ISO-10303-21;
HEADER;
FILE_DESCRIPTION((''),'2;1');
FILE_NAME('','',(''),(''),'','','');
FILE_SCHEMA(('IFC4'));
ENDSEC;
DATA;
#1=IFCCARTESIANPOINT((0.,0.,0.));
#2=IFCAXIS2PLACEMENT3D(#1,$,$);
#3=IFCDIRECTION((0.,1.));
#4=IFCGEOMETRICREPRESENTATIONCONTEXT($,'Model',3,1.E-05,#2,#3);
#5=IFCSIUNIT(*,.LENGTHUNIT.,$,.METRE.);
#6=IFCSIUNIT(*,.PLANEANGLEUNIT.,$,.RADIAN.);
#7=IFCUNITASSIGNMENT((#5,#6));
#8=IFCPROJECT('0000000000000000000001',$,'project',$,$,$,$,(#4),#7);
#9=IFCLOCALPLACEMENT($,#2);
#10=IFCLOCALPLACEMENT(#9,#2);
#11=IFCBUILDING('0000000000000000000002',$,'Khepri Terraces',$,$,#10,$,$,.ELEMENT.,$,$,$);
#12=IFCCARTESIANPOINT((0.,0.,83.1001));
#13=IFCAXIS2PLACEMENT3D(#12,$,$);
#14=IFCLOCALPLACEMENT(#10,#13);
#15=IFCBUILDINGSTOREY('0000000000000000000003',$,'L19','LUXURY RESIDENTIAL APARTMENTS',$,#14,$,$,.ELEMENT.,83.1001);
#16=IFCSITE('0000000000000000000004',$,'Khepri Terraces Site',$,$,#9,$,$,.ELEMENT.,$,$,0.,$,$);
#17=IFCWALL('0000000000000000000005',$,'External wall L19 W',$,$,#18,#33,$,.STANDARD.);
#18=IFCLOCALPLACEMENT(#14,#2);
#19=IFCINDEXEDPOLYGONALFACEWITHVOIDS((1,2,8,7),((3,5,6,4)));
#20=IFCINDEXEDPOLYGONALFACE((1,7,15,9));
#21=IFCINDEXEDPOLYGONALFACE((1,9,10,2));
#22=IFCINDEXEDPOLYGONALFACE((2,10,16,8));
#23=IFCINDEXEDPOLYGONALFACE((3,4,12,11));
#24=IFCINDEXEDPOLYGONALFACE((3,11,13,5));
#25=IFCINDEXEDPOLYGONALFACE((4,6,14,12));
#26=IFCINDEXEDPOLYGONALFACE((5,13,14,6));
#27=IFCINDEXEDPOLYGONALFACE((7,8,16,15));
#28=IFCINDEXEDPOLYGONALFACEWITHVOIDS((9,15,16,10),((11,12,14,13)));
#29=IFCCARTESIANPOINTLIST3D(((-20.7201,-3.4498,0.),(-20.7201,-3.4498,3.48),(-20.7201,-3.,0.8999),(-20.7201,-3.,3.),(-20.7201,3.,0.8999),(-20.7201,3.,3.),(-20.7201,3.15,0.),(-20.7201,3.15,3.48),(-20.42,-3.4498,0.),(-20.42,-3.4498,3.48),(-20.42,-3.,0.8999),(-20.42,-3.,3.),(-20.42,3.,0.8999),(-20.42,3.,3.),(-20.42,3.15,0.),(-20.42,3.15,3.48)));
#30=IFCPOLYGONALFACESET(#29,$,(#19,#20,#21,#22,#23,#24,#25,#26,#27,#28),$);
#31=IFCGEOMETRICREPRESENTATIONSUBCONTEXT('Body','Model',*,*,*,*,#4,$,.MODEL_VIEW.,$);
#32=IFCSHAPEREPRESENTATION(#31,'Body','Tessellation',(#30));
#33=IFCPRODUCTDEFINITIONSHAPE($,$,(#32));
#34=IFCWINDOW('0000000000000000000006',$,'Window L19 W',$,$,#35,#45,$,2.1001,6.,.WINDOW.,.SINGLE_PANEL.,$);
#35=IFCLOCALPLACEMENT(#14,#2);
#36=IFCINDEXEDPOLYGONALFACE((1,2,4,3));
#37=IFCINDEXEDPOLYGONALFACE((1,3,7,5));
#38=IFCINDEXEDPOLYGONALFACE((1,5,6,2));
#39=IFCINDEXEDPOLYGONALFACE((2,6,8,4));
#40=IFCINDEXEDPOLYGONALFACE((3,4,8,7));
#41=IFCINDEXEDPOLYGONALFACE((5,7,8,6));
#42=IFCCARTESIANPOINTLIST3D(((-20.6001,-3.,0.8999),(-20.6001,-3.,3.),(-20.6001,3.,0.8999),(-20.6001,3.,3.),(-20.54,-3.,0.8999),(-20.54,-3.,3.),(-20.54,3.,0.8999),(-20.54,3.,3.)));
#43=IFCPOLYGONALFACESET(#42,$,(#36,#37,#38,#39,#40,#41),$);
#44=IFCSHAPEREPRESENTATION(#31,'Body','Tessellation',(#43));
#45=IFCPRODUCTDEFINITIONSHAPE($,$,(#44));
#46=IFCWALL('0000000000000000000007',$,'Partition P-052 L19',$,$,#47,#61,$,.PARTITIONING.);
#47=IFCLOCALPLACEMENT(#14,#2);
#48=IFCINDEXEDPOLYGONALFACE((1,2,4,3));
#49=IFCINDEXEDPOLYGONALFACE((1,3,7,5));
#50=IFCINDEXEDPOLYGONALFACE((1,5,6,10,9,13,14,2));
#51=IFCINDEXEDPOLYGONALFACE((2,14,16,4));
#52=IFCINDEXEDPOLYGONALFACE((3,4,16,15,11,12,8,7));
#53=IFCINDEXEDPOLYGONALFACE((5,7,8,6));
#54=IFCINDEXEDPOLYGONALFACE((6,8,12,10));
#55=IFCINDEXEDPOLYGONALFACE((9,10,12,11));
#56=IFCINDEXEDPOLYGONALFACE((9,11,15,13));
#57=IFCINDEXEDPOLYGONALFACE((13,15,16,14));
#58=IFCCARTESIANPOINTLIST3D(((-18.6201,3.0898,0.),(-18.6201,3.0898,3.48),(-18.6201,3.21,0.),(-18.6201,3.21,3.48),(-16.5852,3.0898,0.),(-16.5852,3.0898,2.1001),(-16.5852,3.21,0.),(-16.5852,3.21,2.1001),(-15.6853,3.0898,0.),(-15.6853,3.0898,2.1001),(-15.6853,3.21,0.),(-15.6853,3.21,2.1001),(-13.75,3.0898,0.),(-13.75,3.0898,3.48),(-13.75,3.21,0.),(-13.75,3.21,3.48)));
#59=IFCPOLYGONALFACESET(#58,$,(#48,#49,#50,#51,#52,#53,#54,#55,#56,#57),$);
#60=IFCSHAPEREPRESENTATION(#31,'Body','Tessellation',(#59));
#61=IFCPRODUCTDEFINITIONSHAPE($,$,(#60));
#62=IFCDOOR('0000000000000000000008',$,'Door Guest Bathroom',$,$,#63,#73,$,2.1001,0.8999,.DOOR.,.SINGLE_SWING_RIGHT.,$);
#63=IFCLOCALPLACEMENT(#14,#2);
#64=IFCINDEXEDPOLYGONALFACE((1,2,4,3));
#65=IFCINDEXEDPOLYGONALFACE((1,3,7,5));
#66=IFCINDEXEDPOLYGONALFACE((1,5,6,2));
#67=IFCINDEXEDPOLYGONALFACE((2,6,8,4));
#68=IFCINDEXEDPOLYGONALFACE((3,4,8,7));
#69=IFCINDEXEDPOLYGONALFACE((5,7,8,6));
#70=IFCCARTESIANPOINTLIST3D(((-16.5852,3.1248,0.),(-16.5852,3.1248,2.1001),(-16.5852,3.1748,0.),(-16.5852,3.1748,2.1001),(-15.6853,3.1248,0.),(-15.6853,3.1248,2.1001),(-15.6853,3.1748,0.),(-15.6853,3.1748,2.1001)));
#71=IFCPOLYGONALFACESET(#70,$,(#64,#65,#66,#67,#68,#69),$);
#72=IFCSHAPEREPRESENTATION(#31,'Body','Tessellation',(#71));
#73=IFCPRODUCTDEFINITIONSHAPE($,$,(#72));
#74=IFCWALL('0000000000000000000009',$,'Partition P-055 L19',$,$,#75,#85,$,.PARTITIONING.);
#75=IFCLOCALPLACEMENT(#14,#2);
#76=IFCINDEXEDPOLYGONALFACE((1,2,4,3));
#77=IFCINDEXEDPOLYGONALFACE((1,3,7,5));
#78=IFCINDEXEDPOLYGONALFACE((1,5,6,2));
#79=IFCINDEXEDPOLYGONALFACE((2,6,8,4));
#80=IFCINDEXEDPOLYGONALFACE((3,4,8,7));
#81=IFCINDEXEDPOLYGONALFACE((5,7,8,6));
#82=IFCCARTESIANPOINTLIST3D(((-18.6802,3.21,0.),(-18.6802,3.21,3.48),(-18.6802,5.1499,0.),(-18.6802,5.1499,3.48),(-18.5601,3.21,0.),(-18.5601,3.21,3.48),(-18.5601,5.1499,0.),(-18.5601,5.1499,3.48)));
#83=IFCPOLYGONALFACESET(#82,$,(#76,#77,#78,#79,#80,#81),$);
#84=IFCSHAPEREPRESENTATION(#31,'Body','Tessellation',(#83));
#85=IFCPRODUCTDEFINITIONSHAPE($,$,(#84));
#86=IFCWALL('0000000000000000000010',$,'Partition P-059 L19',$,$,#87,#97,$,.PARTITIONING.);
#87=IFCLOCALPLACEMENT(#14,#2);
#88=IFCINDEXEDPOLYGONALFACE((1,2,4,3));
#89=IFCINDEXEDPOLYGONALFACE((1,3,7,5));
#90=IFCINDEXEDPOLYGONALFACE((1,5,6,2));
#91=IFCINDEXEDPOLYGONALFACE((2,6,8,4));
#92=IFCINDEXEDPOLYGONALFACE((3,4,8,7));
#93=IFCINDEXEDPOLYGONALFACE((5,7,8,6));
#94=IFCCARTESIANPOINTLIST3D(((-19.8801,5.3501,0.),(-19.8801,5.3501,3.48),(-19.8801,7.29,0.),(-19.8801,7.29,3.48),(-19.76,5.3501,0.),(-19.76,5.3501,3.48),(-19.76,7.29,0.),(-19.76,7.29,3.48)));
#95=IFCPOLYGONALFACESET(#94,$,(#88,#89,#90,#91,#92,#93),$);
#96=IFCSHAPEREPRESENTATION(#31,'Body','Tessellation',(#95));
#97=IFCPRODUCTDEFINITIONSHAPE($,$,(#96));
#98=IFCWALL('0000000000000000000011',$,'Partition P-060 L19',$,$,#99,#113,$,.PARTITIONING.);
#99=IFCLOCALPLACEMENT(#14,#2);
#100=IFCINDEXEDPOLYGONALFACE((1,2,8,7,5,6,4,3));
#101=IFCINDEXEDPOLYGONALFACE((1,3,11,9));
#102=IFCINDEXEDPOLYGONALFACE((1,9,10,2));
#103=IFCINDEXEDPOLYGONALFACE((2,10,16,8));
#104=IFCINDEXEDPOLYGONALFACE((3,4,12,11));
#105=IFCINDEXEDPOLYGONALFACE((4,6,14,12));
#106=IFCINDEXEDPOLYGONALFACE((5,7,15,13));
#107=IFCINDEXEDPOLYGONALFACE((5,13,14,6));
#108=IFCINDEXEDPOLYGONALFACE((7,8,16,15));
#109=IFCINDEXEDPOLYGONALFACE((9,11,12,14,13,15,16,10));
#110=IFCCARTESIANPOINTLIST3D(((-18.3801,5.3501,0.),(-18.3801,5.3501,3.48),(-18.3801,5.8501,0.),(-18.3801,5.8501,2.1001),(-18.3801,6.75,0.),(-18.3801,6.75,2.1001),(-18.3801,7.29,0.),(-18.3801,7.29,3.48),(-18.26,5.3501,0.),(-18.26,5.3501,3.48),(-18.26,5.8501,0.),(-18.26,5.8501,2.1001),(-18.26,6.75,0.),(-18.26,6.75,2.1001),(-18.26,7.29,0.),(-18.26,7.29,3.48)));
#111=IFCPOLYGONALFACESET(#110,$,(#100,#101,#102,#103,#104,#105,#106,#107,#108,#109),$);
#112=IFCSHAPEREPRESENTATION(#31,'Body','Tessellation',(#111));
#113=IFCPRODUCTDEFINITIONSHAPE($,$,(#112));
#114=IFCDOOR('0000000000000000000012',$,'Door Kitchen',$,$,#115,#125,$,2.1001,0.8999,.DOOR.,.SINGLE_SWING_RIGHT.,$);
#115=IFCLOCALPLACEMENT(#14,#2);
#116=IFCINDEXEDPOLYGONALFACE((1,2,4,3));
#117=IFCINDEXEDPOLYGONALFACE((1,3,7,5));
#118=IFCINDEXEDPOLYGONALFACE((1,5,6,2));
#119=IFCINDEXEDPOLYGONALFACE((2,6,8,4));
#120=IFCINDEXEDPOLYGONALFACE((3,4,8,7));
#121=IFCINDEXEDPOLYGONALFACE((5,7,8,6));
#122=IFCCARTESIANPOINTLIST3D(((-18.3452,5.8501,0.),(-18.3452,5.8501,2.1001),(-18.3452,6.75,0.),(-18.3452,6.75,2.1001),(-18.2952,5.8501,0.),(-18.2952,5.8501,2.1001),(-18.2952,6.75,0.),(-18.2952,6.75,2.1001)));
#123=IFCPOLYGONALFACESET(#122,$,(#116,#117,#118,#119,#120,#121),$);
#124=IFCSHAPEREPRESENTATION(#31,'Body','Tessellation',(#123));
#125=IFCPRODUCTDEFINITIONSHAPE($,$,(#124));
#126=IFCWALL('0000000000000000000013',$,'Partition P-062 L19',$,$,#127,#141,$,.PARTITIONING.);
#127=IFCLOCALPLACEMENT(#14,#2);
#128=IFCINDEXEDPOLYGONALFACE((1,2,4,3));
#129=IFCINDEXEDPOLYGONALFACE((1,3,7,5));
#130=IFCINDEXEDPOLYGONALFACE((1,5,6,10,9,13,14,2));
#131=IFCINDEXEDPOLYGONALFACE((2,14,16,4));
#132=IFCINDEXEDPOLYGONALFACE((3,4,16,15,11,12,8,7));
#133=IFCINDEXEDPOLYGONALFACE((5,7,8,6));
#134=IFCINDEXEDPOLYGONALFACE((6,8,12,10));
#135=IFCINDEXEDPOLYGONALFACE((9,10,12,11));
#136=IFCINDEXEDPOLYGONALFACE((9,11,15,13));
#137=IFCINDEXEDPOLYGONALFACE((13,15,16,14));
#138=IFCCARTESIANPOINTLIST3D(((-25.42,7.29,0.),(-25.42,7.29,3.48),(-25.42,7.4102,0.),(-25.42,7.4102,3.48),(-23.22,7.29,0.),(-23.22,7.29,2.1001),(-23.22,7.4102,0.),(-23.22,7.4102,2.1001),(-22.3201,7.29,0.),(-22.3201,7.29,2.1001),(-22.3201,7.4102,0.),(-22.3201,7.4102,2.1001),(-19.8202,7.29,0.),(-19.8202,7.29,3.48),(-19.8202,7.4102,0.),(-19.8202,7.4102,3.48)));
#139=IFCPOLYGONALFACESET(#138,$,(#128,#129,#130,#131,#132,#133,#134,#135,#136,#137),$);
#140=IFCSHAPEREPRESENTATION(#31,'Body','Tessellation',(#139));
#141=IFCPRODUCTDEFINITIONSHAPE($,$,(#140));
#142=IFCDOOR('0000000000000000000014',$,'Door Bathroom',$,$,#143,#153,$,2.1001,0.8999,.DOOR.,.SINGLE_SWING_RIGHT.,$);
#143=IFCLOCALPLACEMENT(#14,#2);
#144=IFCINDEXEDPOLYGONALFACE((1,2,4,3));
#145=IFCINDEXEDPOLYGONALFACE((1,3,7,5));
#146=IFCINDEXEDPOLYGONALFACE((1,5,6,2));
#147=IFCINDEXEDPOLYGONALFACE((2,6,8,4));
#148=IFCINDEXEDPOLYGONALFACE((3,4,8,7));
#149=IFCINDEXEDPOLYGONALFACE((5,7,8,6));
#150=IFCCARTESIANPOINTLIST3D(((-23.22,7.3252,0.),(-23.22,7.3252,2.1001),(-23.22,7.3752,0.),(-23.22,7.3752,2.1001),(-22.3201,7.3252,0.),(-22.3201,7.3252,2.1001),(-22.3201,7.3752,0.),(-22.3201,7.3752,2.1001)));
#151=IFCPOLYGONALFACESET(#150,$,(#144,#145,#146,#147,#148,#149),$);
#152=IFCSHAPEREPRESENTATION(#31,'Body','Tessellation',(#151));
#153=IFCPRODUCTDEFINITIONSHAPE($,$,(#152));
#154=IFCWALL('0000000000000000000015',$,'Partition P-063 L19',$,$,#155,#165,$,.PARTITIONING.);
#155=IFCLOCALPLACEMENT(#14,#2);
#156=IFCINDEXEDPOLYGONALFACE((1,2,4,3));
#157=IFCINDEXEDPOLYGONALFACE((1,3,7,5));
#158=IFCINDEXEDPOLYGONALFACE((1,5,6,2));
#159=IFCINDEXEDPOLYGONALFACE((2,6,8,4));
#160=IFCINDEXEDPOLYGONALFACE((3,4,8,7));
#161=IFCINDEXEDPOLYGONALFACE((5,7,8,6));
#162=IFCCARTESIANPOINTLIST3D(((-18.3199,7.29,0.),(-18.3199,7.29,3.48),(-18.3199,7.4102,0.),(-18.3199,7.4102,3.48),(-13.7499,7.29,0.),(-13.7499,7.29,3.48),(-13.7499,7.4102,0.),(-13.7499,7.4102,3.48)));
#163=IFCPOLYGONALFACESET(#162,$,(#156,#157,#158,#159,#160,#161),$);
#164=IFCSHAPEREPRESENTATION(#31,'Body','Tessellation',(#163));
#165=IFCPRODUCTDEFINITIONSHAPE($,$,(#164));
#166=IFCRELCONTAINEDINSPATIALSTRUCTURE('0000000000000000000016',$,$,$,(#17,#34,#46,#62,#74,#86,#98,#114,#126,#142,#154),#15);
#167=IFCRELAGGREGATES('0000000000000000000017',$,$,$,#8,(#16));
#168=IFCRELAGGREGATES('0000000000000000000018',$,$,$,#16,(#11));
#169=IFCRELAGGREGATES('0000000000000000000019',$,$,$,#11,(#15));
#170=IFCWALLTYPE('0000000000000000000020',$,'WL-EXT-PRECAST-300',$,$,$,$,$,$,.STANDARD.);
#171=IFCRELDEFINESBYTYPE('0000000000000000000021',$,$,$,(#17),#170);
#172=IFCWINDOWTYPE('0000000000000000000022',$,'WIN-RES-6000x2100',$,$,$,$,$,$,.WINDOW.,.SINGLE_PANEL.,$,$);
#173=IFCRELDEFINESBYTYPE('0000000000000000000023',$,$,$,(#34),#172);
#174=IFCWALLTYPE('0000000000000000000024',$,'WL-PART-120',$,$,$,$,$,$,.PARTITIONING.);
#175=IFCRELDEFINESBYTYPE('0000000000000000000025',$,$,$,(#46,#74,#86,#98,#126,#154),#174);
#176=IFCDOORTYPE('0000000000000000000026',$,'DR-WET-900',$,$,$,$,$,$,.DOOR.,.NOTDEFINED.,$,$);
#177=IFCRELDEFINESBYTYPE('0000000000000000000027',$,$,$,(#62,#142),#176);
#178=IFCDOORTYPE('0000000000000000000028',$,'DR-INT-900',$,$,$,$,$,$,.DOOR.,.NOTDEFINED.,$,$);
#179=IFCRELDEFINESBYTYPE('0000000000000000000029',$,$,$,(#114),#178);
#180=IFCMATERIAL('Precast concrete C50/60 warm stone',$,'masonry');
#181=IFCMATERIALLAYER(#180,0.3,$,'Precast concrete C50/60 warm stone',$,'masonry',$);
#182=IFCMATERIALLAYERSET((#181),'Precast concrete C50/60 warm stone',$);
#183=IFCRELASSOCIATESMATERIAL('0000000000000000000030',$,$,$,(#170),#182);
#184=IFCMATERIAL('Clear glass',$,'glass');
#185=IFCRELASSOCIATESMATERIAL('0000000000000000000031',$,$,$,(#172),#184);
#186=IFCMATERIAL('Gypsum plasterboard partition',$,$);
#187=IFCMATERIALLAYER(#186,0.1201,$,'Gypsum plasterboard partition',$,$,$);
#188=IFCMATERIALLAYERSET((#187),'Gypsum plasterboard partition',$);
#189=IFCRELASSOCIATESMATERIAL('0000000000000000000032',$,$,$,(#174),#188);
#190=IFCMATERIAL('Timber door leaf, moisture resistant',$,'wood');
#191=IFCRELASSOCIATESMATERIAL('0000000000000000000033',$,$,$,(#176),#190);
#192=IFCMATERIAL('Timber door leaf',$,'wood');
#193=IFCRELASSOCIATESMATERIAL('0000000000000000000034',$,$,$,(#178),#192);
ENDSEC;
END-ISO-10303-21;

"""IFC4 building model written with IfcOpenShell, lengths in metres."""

from ifc_helpers import new_model, si_unit, direction, frame, frame_2d, origin, place, context, subcontext, project, spatial, rectangle, extrude, material, layer, layer_set, type_object, element, fill, save


model = new_model("IFC4")

# Units and contexts
model_context = context("Model", 3, precision=1e-05, world=origin(), true_north=direction((0.0, 1.0)))
body_context = subcontext(model_context, "Body", "Model", "MODEL_VIEW")
ifc_project = project(units=[si_unit("LENGTHUNIT", "METRE"), si_unit("PLANEANGLEUNIT", "RADIAN")], contexts=[model_context])

# Site, building, storey
site_placement = place(None, origin())
site = spatial("IfcSite", under=ifc_project, at=site_placement, Name="Khepri Terraces Site", CompositionType="ELEMENT", RefElevation=0.0)
building_placement = place(site_placement, origin())
building = spatial("IfcBuilding", under=site, at=building_placement, Name="Khepri Terraces", CompositionType="ELEMENT")
storey_placement = place(building_placement, frame((0.0, 0.0, 83.1001)))
storey = spatial("IfcBuildingStorey", under=building, at=storey_placement, Name="L19", Description="LUXURY RESIDENTIAL APARTMENTS", CompositionType="ELEMENT", Elevation=83.1001)

# Shared definitions
ifc_material_1 = material(Name="Precast concrete C50/60 warm stone", Category="masonry")
ifc_layer_1 = layer(ifc_material_1, 0.3, Name="Precast concrete C50/60 warm stone", Category="masonry")
ifc_layer_set_1 = layer_set([ifc_layer_1], Name="Precast concrete C50/60 warm stone")
wall_type_1 = type_object("IfcWallType", Name="WL-EXT-PRECAST-300", PredefinedType="STANDARD", material=ifc_layer_set_1)
ifc_material_2 = material(Name="Clear glass", Category="glass")

# Wall, opening, window
wall_1_placement = place(storey_placement, frame((-20.5701, 3.1499, 0.0), z_axis=(0.0, 0.0, 1.0), x_axis=(0.0, -1.0, 0.0)))
wall_1 = element("IfcWall", 1, at=wall_1_placement, inside=storey, type_object=wall_type_1, Name="External wall L19 W", PredefinedType="STANDARD", context=body_context, shape_type="SweptSolid", body=[
    extrude(rectangle(XDim=6.5999, YDim=0.3, at=frame_2d((3.2998, 0.0))), origin(), (0.0, 0.0, 1.0), 3.48),
])
opening_1_placement = place(wall_1_placement, frame((0.1499, 0.0, 0.8999)))
opening_1 = element("IfcOpeningElement", 2, at=opening_1_placement, cuts=wall_1, PredefinedType="OPENING", context=body_context, shape_type="SweptSolid", body=[
    extrude(rectangle(XDim=6.0, YDim=2.1001, at=frame_2d((3.0, 1.05))), frame((0.0, 0.1602, 0.0), z_axis=(0.0, -1.0, 0.0), x_axis=(1.0, 0.0, 0.0)), (0.0, 0.0, 1.0), 0.3201),
])
window_type_1 = type_object("IfcWindowType", Name="WIN-RES-6000x2100", PartitioningType="SINGLE_PANEL", PredefinedType="WINDOW", material=ifc_material_2)
window_1_placement = place(opening_1_placement, origin())
window_1 = element("IfcWindow", 3, at=window_1_placement, inside=storey, type_object=window_type_1, Name="Window L19 W", OverallHeight=2.1001, OverallWidth=6.0, PartitioningType="SINGLE_PANEL", PredefinedType="WINDOW", context=body_context, shape_type="SweptSolid", body=[
    extrude(rectangle(XDim=6.0, YDim=2.1001, at=frame_2d((3.0, 1.05))), frame((0.0, 0.03, 0.0), z_axis=(0.0, -1.0, 0.0), x_axis=(1.0, 0.0, 0.0)), (0.0, 0.0, 1.0), 0.0601),
])
fill(opening_1, window_1)

# Wall, opening, door
ifc_material_3 = material(Name="Gypsum plasterboard partition")
ifc_layer_2 = layer(ifc_material_3, 0.1201, Name="Gypsum plasterboard partition")
ifc_layer_set_2 = layer_set([ifc_layer_2], Name="Gypsum plasterboard partition")
wall_type_2 = type_object("IfcWallType", Name="WL-PART-120", PredefinedType="PARTITIONING", material=ifc_layer_set_2)
wall_2_placement = place(storey_placement, frame((-18.6201, 3.1499, 0.0), z_axis=(0.0, 0.0, 1.0), x_axis=(1.0, 0.0, 0.0)))
wall_2 = element("IfcWall", 4, at=wall_2_placement, inside=storey, type_object=wall_type_2, Name="Partition P-052 L19", PredefinedType="PARTITIONING", context=body_context, shape_type="SweptSolid", body=[
    extrude(rectangle(XDim=4.8701, YDim=0.1201, at=frame_2d((2.4351, 0.0))), origin(), (0.0, 0.0, 1.0), 3.48),
])
opening_2_placement = place(wall_2_placement, frame((2.0349, 0.0, 0.0)))
opening_2 = element("IfcOpeningElement", 5, at=opening_2_placement, cuts=wall_2, PredefinedType="OPENING", context=body_context, shape_type="SweptSolid", body=[
    extrude(rectangle(XDim=0.8999, YDim=2.1001, at=frame_2d((0.45, 1.05))), frame((0.0, 0.0701, 0.0), z_axis=(0.0, -1.0, 0.0), x_axis=(1.0, 0.0, 0.0)), (0.0, 0.0, 1.0), 0.1401),
])
ifc_material_4 = material(Name="Timber door leaf, moisture resistant", Category="wood")
door_type_1 = type_object("IfcDoorType", Name="DR-WET-900", OperationType="NOTDEFINED", PredefinedType="DOOR", material=ifc_material_4)
door_1_placement = place(opening_2_placement, origin())
door_1 = element("IfcDoor", 6, at=door_1_placement, inside=storey, type_object=door_type_1, Name="Door Guest Bathroom", OperationType="SINGLE_SWING_RIGHT", OverallHeight=2.1001, OverallWidth=0.8999, PredefinedType="DOOR", context=body_context, shape_type="SweptSolid", body=[
    extrude(rectangle(XDim=0.8999, YDim=2.1001, at=frame_2d((0.45, 1.05))), frame((0.0, 0.0249, 0.0), z_axis=(0.0, -1.0, 0.0), x_axis=(1.0, 0.0, 0.0)), (0.0, 0.0, 1.0), 0.05),
])
fill(opening_2, door_1)

# Walls
for number, where, z_axis, x_axis, name in (
    (7, (-18.6201, 3.21, 0.0), (0.0, 0.0, 1.0), (0.0, 1.0, 0.0), "Partition P-055 L19"),
    (8, (-19.8201, 5.3501, 0.0), (0.0, 0.0, 1.0), (0.0, 1.0, 0.0), "Partition P-059 L19"),
):
    element("IfcWall", number, at=place(storey_placement, frame(where, z_axis=z_axis, x_axis=x_axis)), inside=storey, type_object=wall_type_2, Name=name, PredefinedType="PARTITIONING", context=body_context, shape_type="SweptSolid", body=[
        extrude(rectangle(XDim=1.9399, YDim=0.1201, at=frame_2d((0.97, 0.0))), origin(), (0.0, 0.0, 1.0), 3.48),
    ])

# Walls, openings, doors
wall_3_placement = place(storey_placement, frame((-18.3201, 5.3501, 0.0), z_axis=(0.0, 0.0, 1.0), x_axis=(0.0, 1.0, 0.0)))
wall_3 = element("IfcWall", 9, at=wall_3_placement, inside=storey, type_object=wall_type_2, Name="Partition P-060 L19", PredefinedType="PARTITIONING", context=body_context, shape_type="SweptSolid", body=[
    extrude(rectangle(XDim=1.9399, YDim=0.1201, at=frame_2d((0.97, 0.0))), origin(), (0.0, 0.0, 1.0), 3.48),
])
opening_3_placement = place(wall_3_placement, frame((0.5, 0.0, 0.0)))
opening_3 = element("IfcOpeningElement", 10, at=opening_3_placement, cuts=wall_3, PredefinedType="OPENING", context=body_context, shape_type="SweptSolid", body=[
    extrude(rectangle(XDim=0.8999, YDim=2.1001, at=frame_2d((0.45, 1.05))), frame((0.0, 0.0701, 0.0), z_axis=(0.0, -1.0, 0.0), x_axis=(1.0, 0.0, 0.0)), (0.0, 0.0, 1.0), 0.1401),
])
ifc_material_5 = material(Name="Timber door leaf", Category="wood")
door_type_2 = type_object("IfcDoorType", Name="DR-INT-900", OperationType="NOTDEFINED", PredefinedType="DOOR", material=ifc_material_5)
door_2_placement = place(opening_3_placement, frame((0.8999, 0.0, 0.0), z_axis=(0.0, 0.0, 1.0), x_axis=(-1.0, 0.0, 0.0)))
door_2 = element("IfcDoor", 11, at=door_2_placement, inside=storey, type_object=door_type_2, Name="Door Kitchen", OperationType="SINGLE_SWING_RIGHT", OverallHeight=2.1001, OverallWidth=0.8999, PredefinedType="DOOR", context=body_context, shape_type="SweptSolid", body=[
    extrude(rectangle(XDim=0.8999, YDim=2.1001, at=frame_2d((0.45, 1.05))), frame((0.0, 0.0249, 0.0), z_axis=(0.0, -1.0, 0.0), x_axis=(1.0, 0.0, 0.0)), (0.0, 0.0, 1.0), 0.05),
])
fill(opening_3, door_2)
wall_4_placement = place(storey_placement, frame((-25.4199, 7.3501, 0.0), z_axis=(0.0, 0.0, 1.0), x_axis=(1.0, 0.0, 0.0)))
wall_4 = element("IfcWall", 12, at=wall_4_placement, inside=storey, type_object=wall_type_2, Name="Partition P-062 L19", PredefinedType="PARTITIONING", context=body_context, shape_type="SweptSolid", body=[
    extrude(rectangle(XDim=5.5999, YDim=0.1201, at=frame_2d((2.7998, 0.0))), origin(), (0.0, 0.0, 1.0), 3.48),
])
opening_4_placement = place(wall_4_placement, frame((2.2, 0.0, 0.0)))
opening_4 = element("IfcOpeningElement", 13, at=opening_4_placement, cuts=wall_4, PredefinedType="OPENING", context=body_context, shape_type="SweptSolid", body=[
    extrude(rectangle(XDim=0.8999, YDim=2.1001, at=frame_2d((0.45, 1.05))), frame((0.0, 0.0701, 0.0), z_axis=(0.0, -1.0, 0.0), x_axis=(1.0, 0.0, 0.0)), (0.0, 0.0, 1.0), 0.1401),
])
door_3_placement = place(opening_4_placement, frame((0.8999, 0.0, 0.0), z_axis=(0.0, 0.0, 1.0), x_axis=(-1.0, 0.0, 0.0)))
door_3 = element("IfcDoor", 14, at=door_3_placement, inside=storey, type_object=door_type_1, Name="Door Bathroom", OperationType="SINGLE_SWING_RIGHT", OverallHeight=2.1001, OverallWidth=0.8999, PredefinedType="DOOR", context=body_context, shape_type="SweptSolid", body=[
    extrude(rectangle(XDim=0.8999, YDim=2.1001, at=frame_2d((0.45, 1.05))), frame((0.0, 0.0249, 0.0), z_axis=(0.0, -1.0, 0.0), x_axis=(1.0, 0.0, 0.0)), (0.0, 0.0, 1.0), 0.05),
])
fill(opening_4, door_3)

# Wall
wall_5_placement = place(storey_placement, frame((-18.3201, 7.3501, 0.0), z_axis=(0.0, 0.0, 1.0), x_axis=(1.0, 0.0, 0.0)))
element("IfcWall", 15, at=wall_5_placement, inside=storey, type_object=wall_type_2, Name="Partition P-063 L19", PredefinedType="PARTITIONING", context=body_context, shape_type="SweptSolid", body=[
    extrude(rectangle(XDim=4.5701, YDim=0.1201, at=frame_2d((2.2852, 0.0))), origin(), (0.0, 0.0, 1.0), 3.48),
])

save(model, "model.ifc")
